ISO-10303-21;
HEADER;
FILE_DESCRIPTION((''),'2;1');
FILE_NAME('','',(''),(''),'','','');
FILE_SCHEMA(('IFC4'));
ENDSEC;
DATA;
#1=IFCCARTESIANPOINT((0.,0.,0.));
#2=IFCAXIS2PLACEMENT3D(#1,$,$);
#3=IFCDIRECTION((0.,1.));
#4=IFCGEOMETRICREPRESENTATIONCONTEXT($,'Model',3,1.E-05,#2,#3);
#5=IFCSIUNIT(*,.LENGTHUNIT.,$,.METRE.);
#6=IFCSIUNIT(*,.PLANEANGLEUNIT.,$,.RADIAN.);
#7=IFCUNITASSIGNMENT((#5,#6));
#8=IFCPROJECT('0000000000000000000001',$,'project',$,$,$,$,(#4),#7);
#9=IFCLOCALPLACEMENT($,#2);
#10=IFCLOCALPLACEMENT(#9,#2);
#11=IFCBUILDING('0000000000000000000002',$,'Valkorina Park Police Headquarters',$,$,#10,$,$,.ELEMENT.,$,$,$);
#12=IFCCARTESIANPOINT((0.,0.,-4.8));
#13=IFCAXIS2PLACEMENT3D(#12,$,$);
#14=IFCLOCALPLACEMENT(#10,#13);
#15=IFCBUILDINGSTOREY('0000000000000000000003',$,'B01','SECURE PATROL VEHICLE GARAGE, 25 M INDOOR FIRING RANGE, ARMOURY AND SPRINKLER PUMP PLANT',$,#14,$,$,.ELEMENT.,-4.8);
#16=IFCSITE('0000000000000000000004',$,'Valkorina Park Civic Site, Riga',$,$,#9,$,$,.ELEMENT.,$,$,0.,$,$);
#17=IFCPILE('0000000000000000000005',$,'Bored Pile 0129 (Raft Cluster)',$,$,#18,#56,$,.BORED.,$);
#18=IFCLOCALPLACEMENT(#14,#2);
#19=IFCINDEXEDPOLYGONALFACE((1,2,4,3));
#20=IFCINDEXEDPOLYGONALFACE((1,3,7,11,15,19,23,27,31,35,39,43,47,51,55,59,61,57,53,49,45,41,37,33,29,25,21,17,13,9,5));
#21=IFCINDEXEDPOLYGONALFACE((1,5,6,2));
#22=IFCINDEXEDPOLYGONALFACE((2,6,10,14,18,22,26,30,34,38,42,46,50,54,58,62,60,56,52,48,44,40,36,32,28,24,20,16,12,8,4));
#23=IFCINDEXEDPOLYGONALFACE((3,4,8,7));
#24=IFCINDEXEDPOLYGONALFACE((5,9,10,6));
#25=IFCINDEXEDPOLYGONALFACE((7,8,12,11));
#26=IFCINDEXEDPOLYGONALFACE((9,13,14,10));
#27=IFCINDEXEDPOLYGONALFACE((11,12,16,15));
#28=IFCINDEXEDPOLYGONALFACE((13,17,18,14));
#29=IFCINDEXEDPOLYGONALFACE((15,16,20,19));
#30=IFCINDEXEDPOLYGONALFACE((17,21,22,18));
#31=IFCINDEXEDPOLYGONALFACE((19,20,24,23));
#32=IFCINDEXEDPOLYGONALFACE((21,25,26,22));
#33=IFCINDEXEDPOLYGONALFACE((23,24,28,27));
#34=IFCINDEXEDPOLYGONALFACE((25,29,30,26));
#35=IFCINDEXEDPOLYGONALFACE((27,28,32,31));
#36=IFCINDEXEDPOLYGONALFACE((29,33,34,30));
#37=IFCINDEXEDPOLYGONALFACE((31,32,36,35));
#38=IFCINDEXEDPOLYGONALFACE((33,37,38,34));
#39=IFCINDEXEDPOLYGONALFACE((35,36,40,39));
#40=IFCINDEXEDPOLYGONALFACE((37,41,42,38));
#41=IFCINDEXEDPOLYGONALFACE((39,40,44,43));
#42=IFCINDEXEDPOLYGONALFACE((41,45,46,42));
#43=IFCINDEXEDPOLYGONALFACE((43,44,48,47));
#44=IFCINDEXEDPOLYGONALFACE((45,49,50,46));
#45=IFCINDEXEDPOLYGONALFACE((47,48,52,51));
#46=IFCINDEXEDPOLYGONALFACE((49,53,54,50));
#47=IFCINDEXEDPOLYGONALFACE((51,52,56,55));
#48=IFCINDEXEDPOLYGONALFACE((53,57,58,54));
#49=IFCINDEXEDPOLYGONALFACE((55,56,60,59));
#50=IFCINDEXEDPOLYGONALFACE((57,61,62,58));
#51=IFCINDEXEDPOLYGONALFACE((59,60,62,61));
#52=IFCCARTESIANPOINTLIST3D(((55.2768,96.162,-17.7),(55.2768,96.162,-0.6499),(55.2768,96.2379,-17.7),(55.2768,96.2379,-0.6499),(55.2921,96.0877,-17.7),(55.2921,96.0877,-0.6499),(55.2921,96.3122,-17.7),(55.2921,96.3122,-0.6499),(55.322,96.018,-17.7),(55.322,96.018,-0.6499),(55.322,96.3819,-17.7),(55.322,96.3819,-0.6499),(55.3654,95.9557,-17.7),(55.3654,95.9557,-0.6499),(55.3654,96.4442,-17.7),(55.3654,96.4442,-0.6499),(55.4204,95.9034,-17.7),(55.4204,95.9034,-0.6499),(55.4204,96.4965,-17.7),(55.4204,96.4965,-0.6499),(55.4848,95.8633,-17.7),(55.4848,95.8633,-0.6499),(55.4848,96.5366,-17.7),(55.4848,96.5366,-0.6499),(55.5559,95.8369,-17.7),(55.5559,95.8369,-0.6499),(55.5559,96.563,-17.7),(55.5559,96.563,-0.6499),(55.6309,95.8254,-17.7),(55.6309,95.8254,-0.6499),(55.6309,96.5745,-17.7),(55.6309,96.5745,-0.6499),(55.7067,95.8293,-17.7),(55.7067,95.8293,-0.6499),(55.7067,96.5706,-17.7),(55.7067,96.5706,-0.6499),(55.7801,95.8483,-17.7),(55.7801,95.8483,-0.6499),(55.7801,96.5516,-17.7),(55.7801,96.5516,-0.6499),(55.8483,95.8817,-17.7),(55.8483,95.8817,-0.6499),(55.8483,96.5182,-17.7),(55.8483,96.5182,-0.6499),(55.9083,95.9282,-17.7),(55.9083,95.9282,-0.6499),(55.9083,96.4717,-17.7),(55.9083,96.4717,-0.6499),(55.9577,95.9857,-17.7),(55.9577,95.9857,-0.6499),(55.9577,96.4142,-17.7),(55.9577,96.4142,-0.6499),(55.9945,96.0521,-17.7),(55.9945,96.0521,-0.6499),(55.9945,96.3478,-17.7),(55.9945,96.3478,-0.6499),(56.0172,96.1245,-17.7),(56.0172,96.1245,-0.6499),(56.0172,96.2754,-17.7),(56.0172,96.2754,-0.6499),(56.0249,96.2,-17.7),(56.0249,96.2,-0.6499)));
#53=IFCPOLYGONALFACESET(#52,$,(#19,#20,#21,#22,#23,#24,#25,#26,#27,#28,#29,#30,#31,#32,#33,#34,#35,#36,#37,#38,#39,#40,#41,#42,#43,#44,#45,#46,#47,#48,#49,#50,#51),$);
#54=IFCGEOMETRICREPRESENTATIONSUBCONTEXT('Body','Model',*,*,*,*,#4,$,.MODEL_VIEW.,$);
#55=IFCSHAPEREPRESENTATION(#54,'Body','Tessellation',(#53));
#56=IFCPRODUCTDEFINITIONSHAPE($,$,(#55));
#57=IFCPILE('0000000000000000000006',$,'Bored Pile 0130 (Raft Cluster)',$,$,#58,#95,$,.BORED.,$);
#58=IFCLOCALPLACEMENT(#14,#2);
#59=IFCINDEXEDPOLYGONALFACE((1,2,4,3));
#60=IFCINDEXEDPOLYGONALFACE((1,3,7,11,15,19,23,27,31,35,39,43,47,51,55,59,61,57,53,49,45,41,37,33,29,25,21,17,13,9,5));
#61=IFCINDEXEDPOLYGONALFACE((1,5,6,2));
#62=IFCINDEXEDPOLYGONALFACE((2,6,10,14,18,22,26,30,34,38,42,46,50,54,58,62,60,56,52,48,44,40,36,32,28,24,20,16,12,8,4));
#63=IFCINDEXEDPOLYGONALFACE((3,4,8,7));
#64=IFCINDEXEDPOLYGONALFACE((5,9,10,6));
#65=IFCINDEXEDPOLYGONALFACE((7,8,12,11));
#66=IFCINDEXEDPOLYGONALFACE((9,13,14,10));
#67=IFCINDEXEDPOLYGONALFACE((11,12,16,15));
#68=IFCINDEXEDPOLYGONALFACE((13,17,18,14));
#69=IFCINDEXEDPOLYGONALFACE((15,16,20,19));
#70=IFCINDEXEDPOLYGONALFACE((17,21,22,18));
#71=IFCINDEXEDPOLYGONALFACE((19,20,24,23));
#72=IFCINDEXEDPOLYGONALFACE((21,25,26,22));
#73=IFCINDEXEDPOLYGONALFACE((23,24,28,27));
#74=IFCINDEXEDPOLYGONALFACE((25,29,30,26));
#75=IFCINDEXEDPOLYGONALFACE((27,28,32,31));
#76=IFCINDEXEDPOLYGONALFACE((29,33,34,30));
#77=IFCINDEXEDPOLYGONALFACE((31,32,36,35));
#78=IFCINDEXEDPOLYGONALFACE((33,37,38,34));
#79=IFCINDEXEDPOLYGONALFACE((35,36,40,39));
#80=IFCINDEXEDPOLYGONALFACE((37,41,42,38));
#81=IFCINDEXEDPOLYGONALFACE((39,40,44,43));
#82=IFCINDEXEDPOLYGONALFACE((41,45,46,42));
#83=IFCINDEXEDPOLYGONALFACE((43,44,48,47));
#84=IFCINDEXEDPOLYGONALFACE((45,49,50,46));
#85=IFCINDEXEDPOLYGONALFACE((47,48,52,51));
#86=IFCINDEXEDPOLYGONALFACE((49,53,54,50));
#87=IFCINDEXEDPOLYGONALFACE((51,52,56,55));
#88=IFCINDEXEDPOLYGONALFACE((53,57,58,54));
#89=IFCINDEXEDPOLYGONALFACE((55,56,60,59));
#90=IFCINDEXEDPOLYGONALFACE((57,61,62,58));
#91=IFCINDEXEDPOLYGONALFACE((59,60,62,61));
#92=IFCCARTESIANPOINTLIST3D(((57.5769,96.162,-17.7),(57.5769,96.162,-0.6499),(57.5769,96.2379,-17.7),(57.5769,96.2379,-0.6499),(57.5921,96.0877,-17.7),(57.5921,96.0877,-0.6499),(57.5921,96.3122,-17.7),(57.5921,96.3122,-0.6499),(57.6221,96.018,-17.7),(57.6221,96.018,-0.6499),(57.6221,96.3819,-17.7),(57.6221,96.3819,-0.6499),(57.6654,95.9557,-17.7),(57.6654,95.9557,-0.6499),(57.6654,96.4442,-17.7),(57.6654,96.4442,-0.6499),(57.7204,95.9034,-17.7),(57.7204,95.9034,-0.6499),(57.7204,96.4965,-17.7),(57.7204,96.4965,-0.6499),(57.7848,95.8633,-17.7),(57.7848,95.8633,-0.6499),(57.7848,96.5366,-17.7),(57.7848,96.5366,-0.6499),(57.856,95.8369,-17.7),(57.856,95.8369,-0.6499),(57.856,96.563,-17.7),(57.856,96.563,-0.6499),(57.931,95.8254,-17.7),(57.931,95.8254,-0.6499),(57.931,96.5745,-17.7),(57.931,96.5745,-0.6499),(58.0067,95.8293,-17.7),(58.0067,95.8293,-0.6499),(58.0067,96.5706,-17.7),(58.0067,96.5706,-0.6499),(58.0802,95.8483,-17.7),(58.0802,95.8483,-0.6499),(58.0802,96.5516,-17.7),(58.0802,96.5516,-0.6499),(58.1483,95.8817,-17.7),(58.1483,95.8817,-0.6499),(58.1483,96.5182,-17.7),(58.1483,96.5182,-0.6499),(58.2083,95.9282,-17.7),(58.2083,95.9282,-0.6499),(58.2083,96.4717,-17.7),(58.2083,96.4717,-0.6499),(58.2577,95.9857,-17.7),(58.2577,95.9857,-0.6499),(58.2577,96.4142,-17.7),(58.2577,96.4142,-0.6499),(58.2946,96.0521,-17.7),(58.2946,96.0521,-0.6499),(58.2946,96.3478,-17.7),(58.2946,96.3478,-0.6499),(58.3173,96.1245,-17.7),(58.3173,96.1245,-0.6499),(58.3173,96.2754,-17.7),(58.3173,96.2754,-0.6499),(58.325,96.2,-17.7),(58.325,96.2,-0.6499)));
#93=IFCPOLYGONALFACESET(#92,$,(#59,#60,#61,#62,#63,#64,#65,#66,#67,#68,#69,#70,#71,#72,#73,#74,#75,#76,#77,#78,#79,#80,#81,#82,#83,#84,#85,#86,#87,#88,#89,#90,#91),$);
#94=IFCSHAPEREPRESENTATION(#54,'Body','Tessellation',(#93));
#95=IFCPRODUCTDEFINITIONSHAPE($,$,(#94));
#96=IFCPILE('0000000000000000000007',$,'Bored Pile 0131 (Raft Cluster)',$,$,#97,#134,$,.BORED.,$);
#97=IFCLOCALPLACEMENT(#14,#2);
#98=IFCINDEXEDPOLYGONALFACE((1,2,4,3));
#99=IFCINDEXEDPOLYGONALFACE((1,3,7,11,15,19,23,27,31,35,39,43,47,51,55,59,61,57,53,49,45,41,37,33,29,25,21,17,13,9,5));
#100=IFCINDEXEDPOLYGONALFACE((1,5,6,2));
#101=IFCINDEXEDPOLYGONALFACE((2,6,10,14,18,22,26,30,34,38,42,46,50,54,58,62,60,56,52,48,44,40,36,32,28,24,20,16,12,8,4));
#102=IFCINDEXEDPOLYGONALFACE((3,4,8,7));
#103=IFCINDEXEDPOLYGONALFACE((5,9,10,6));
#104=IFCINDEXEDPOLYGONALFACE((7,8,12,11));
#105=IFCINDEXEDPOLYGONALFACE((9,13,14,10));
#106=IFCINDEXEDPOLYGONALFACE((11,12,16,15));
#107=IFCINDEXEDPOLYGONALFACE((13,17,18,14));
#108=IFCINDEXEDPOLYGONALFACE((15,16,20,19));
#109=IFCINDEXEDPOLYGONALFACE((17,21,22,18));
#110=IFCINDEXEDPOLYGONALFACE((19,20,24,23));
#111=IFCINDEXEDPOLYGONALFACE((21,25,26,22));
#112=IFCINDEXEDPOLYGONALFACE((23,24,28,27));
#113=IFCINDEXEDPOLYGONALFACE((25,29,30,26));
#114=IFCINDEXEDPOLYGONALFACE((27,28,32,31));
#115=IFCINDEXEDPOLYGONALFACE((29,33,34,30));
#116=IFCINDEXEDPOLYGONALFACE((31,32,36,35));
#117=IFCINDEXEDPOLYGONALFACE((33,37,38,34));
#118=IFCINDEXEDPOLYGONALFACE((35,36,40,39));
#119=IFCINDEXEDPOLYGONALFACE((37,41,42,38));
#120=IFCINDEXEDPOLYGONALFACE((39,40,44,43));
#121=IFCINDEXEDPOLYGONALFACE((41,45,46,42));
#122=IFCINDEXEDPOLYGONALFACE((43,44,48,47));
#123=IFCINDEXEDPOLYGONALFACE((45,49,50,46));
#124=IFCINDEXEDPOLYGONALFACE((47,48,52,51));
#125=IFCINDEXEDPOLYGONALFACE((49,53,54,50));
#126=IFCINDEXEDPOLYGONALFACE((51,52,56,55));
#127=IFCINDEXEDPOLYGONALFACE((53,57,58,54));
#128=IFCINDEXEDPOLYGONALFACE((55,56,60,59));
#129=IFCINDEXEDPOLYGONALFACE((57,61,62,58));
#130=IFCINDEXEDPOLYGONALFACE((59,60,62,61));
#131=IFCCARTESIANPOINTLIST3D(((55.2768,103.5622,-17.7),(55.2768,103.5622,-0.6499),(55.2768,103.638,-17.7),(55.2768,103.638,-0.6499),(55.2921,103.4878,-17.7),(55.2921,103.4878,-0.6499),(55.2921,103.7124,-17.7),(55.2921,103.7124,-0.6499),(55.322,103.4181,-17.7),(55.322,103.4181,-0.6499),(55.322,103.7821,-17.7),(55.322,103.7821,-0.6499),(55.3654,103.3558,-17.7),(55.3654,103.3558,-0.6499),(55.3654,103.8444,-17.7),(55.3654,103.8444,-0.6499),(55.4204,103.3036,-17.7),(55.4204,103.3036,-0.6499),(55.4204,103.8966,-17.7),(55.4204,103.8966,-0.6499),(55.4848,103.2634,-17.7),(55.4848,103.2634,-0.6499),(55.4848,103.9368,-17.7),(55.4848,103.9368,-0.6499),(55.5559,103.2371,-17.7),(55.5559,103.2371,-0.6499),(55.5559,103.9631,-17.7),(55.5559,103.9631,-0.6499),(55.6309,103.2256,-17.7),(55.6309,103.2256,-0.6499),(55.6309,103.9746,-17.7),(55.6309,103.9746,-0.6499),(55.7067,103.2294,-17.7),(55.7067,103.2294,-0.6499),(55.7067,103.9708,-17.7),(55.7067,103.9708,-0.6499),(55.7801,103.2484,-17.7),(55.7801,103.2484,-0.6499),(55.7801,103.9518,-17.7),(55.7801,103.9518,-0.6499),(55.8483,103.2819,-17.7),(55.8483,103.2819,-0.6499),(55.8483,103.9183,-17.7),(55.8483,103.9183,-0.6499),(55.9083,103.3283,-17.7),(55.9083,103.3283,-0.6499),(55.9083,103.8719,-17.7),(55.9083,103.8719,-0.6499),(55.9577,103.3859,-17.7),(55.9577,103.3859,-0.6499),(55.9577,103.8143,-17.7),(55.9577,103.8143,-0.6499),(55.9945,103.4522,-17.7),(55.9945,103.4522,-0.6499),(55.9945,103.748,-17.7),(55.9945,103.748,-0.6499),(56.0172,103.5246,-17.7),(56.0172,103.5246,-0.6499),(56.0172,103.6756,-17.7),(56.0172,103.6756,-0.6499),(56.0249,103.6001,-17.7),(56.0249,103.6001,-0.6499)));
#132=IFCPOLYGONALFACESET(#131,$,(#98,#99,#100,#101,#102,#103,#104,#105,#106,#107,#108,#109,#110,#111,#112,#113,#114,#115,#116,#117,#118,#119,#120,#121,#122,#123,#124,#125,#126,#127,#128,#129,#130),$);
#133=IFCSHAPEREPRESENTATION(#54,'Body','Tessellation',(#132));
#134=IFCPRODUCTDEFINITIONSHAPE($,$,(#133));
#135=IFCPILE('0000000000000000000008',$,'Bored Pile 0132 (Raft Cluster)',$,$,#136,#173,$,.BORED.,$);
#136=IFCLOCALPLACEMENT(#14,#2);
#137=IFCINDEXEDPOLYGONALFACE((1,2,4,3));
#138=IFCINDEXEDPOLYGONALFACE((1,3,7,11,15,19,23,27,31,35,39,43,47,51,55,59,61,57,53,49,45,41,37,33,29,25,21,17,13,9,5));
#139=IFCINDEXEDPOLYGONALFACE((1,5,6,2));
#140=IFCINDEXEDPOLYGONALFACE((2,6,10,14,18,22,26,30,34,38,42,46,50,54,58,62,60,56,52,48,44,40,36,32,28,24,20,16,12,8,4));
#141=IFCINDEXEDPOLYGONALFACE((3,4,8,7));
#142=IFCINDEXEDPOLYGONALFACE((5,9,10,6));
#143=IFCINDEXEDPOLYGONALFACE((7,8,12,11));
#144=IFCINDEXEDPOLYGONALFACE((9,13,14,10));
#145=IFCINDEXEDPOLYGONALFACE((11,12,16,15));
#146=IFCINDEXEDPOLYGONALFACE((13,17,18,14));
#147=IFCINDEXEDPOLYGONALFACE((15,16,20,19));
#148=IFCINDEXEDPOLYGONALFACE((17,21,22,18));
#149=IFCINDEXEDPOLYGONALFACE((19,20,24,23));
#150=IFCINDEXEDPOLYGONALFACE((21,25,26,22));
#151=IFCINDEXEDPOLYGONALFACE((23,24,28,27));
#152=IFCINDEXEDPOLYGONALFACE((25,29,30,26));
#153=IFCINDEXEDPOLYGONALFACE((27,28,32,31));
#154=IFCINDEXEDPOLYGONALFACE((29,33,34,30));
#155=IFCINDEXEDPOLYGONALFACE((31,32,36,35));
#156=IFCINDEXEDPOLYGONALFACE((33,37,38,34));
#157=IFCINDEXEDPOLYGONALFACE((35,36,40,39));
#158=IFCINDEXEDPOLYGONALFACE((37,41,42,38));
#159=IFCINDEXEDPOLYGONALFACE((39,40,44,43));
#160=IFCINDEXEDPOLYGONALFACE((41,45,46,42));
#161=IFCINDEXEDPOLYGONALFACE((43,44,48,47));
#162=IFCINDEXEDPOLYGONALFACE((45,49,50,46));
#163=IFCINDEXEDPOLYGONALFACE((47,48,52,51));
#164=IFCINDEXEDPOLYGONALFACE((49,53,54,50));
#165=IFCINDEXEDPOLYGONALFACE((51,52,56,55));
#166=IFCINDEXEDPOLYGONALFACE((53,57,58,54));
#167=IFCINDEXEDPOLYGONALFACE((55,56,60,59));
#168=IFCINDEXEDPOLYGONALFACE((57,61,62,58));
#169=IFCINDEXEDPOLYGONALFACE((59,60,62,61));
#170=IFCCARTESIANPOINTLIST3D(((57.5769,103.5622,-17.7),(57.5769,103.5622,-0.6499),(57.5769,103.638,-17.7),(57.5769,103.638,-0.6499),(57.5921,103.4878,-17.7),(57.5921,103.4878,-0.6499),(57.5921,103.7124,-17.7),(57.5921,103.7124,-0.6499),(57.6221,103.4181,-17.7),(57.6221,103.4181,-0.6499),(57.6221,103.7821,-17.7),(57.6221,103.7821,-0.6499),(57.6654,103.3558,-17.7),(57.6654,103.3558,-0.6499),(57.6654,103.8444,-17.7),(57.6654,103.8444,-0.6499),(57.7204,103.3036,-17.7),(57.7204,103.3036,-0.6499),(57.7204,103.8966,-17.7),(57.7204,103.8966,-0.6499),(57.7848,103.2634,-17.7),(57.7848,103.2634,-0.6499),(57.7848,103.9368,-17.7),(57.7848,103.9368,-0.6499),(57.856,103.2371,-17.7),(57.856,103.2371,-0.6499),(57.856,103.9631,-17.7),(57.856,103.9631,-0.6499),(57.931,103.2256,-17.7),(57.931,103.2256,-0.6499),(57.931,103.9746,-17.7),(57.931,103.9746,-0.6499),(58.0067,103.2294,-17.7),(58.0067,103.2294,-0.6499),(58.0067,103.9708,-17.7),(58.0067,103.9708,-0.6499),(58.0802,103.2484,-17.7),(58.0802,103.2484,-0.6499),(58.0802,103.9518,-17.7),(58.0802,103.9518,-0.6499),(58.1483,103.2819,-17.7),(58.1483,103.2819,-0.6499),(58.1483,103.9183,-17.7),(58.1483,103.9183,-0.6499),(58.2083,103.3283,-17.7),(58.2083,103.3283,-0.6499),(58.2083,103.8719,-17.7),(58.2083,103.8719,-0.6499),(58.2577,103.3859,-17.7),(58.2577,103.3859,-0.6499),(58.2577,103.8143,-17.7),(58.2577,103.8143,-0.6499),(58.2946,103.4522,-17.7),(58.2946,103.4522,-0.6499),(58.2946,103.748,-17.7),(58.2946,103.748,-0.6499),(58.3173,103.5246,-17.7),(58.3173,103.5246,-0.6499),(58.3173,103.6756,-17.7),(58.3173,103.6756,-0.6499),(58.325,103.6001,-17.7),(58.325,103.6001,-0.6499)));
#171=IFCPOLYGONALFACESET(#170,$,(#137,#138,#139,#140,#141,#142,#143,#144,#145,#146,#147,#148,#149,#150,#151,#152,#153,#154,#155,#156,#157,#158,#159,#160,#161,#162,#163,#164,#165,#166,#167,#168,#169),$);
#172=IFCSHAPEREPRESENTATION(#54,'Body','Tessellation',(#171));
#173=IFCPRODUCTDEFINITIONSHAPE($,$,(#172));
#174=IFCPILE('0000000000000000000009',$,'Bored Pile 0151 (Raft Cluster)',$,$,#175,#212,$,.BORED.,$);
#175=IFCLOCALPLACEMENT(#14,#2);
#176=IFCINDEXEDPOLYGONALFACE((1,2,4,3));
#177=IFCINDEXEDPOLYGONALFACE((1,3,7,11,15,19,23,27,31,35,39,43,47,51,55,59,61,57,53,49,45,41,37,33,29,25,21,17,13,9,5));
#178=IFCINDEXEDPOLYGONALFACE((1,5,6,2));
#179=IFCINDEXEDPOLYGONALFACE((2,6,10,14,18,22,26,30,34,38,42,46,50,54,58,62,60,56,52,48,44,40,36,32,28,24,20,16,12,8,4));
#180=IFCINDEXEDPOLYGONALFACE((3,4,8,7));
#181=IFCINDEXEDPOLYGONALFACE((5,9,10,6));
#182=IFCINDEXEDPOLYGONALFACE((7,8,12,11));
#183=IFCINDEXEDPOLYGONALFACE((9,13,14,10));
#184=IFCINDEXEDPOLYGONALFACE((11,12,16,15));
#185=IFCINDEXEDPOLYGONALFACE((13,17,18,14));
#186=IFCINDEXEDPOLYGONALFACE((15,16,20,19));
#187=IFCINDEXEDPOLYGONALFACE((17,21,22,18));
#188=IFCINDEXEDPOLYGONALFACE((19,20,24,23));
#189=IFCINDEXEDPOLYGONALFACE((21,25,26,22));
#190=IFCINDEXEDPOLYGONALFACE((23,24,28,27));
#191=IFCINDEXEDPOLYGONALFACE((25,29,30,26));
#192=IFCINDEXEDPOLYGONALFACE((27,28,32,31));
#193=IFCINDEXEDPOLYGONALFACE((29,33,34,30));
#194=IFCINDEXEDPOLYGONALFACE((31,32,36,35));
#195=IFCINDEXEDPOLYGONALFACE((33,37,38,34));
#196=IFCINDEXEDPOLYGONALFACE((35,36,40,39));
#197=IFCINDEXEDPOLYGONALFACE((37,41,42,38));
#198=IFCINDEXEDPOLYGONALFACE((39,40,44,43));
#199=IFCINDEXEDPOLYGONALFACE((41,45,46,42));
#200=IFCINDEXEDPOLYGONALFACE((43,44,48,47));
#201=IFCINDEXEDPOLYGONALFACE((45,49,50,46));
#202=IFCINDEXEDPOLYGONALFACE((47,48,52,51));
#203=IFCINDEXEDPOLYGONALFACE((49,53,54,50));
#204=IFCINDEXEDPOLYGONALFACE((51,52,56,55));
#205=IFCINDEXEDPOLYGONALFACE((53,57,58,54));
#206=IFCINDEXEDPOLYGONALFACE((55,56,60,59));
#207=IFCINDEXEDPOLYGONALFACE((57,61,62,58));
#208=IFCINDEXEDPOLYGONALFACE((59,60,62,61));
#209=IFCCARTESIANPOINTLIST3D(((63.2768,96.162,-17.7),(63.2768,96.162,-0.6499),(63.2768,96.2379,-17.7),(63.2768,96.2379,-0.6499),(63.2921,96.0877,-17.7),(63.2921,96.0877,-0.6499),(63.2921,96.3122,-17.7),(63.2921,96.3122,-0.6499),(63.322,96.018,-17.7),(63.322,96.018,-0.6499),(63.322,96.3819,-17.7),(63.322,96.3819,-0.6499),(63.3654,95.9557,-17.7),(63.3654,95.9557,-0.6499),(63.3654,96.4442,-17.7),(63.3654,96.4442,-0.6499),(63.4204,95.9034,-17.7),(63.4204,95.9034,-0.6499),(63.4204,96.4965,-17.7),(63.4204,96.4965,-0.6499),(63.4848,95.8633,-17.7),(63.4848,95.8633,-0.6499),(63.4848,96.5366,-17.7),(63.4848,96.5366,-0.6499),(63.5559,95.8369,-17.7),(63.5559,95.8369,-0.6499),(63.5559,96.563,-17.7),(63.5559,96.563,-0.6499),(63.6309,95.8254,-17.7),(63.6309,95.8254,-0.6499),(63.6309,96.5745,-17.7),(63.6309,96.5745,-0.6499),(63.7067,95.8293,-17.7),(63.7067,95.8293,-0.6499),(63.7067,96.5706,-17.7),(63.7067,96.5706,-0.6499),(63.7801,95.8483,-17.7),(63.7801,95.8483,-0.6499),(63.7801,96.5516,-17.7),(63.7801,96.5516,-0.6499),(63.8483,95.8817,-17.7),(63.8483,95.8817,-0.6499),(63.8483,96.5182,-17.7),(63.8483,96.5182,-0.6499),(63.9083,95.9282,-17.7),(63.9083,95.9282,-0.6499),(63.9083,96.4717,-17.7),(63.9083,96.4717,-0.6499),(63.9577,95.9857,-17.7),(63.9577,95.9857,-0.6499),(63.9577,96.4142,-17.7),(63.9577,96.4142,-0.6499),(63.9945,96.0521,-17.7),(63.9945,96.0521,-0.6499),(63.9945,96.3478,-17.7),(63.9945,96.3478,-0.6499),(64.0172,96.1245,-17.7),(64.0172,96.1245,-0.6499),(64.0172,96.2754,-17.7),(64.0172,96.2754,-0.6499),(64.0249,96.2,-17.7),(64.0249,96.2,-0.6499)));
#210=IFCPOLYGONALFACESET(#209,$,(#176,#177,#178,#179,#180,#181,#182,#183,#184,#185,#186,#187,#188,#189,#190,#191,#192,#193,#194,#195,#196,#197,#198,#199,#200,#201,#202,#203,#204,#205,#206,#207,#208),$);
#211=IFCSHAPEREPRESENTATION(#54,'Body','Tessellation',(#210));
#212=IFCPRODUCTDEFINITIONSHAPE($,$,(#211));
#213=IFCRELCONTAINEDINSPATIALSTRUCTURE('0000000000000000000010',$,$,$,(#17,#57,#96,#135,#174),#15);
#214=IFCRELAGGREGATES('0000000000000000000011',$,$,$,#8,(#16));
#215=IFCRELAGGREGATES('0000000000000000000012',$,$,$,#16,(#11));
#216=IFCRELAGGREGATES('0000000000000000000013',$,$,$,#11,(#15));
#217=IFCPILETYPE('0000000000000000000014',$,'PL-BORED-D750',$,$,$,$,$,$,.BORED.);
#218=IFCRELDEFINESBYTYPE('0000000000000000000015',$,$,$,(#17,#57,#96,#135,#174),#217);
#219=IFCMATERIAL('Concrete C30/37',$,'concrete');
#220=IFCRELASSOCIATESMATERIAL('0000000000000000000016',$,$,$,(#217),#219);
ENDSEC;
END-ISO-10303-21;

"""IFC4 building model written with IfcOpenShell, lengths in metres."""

from ifc_helpers import new_model, si_unit, direction, frame, origin, origin_2d, place, context, subcontext, project, spatial, circle, extrude, material, material_profile, profile_set, type_object, element, save


model = new_model("IFC4")

# Units and contexts
model_context = context("Model", 3, precision=1e-05, world=origin(), true_north=direction((0.0, 1.0)))
body_context = subcontext(model_context, "Body", "Model", "MODEL_VIEW")
ifc_project = project(units=[si_unit("LENGTHUNIT", "METRE"), si_unit("PLANEANGLEUNIT", "RADIAN")], contexts=[model_context])

# Site, building, storey
site_placement = place(None, origin())
site = spatial("IfcSite", under=ifc_project, at=site_placement, Name="Valkorina Park Civic Site, Riga", CompositionType="ELEMENT", RefElevation=0.0)
building_placement = place(site_placement, origin())
building = spatial("IfcBuilding", under=site, at=building_placement, Name="Valkorina Park Police Headquarters", CompositionType="ELEMENT")
storey_placement = place(building_placement, frame((0.0, 0.0, -4.8)))
storey = spatial("IfcBuildingStorey", under=building, at=storey_placement, Name="B01", Description="SECURE PATROL VEHICLE GARAGE, 25 M INDOOR FIRING RANGE, ARMOURY AND SPRINKLER PUMP PLANT", CompositionType="ELEMENT", Elevation=-4.8)

# Piles
ifc_material_1 = material(Name="Concrete C30/37", Category="concrete")
ifc_material_profile_1 = material_profile(ifc_material_1, circle(Radius=0.375, at=origin_2d()), Name="BORED PILE D750")
ifc_profile_set_1 = profile_set([ifc_material_profile_1], Name="Concrete C30/37")
pile_type = type_object("IfcPileType", Name="PL-BORED-D750", PredefinedType="BORED", material=ifc_profile_set_1)
for number, where, z_axis, x_axis, name in (
    (1, (55.6499, 96.2, -0.6499), (0.0, 0.0, -1.0), (1.0, 0.0, 0.0), "Bored Pile 0129 (Raft Cluster)"),
    (2, (57.95, 96.2, -0.6499), (0.0, 0.0, -1.0), (1.0, 0.0, 0.0), "Bored Pile 0130 (Raft Cluster)"),
    (3, (55.6499, 103.6001, -0.6499), (0.0, 0.0, -1.0), (1.0, 0.0, 0.0), "Bored Pile 0131 (Raft Cluster)"),
    (4, (57.95, 103.6001, -0.6499), (0.0, 0.0, -1.0), (1.0, 0.0, 0.0), "Bored Pile 0132 (Raft Cluster)"),
    (5, (63.6499, 96.2, -0.6499), (0.0, 0.0, -1.0), (1.0, 0.0, 0.0), "Bored Pile 0151 (Raft Cluster)"),
):
    element("IfcPile", number, at=place(storey_placement, frame(where, z_axis=z_axis, x_axis=x_axis)), inside=storey, type_object=pile_type, Name=name, PredefinedType="BORED", context=body_context, shape_type="SweptSolid", body=[
        extrude(circle(Radius=0.375, at=origin_2d()), origin(), (0.0, 0.0, 1.0), 17.05),
    ])

save(model, "model.ifc")
